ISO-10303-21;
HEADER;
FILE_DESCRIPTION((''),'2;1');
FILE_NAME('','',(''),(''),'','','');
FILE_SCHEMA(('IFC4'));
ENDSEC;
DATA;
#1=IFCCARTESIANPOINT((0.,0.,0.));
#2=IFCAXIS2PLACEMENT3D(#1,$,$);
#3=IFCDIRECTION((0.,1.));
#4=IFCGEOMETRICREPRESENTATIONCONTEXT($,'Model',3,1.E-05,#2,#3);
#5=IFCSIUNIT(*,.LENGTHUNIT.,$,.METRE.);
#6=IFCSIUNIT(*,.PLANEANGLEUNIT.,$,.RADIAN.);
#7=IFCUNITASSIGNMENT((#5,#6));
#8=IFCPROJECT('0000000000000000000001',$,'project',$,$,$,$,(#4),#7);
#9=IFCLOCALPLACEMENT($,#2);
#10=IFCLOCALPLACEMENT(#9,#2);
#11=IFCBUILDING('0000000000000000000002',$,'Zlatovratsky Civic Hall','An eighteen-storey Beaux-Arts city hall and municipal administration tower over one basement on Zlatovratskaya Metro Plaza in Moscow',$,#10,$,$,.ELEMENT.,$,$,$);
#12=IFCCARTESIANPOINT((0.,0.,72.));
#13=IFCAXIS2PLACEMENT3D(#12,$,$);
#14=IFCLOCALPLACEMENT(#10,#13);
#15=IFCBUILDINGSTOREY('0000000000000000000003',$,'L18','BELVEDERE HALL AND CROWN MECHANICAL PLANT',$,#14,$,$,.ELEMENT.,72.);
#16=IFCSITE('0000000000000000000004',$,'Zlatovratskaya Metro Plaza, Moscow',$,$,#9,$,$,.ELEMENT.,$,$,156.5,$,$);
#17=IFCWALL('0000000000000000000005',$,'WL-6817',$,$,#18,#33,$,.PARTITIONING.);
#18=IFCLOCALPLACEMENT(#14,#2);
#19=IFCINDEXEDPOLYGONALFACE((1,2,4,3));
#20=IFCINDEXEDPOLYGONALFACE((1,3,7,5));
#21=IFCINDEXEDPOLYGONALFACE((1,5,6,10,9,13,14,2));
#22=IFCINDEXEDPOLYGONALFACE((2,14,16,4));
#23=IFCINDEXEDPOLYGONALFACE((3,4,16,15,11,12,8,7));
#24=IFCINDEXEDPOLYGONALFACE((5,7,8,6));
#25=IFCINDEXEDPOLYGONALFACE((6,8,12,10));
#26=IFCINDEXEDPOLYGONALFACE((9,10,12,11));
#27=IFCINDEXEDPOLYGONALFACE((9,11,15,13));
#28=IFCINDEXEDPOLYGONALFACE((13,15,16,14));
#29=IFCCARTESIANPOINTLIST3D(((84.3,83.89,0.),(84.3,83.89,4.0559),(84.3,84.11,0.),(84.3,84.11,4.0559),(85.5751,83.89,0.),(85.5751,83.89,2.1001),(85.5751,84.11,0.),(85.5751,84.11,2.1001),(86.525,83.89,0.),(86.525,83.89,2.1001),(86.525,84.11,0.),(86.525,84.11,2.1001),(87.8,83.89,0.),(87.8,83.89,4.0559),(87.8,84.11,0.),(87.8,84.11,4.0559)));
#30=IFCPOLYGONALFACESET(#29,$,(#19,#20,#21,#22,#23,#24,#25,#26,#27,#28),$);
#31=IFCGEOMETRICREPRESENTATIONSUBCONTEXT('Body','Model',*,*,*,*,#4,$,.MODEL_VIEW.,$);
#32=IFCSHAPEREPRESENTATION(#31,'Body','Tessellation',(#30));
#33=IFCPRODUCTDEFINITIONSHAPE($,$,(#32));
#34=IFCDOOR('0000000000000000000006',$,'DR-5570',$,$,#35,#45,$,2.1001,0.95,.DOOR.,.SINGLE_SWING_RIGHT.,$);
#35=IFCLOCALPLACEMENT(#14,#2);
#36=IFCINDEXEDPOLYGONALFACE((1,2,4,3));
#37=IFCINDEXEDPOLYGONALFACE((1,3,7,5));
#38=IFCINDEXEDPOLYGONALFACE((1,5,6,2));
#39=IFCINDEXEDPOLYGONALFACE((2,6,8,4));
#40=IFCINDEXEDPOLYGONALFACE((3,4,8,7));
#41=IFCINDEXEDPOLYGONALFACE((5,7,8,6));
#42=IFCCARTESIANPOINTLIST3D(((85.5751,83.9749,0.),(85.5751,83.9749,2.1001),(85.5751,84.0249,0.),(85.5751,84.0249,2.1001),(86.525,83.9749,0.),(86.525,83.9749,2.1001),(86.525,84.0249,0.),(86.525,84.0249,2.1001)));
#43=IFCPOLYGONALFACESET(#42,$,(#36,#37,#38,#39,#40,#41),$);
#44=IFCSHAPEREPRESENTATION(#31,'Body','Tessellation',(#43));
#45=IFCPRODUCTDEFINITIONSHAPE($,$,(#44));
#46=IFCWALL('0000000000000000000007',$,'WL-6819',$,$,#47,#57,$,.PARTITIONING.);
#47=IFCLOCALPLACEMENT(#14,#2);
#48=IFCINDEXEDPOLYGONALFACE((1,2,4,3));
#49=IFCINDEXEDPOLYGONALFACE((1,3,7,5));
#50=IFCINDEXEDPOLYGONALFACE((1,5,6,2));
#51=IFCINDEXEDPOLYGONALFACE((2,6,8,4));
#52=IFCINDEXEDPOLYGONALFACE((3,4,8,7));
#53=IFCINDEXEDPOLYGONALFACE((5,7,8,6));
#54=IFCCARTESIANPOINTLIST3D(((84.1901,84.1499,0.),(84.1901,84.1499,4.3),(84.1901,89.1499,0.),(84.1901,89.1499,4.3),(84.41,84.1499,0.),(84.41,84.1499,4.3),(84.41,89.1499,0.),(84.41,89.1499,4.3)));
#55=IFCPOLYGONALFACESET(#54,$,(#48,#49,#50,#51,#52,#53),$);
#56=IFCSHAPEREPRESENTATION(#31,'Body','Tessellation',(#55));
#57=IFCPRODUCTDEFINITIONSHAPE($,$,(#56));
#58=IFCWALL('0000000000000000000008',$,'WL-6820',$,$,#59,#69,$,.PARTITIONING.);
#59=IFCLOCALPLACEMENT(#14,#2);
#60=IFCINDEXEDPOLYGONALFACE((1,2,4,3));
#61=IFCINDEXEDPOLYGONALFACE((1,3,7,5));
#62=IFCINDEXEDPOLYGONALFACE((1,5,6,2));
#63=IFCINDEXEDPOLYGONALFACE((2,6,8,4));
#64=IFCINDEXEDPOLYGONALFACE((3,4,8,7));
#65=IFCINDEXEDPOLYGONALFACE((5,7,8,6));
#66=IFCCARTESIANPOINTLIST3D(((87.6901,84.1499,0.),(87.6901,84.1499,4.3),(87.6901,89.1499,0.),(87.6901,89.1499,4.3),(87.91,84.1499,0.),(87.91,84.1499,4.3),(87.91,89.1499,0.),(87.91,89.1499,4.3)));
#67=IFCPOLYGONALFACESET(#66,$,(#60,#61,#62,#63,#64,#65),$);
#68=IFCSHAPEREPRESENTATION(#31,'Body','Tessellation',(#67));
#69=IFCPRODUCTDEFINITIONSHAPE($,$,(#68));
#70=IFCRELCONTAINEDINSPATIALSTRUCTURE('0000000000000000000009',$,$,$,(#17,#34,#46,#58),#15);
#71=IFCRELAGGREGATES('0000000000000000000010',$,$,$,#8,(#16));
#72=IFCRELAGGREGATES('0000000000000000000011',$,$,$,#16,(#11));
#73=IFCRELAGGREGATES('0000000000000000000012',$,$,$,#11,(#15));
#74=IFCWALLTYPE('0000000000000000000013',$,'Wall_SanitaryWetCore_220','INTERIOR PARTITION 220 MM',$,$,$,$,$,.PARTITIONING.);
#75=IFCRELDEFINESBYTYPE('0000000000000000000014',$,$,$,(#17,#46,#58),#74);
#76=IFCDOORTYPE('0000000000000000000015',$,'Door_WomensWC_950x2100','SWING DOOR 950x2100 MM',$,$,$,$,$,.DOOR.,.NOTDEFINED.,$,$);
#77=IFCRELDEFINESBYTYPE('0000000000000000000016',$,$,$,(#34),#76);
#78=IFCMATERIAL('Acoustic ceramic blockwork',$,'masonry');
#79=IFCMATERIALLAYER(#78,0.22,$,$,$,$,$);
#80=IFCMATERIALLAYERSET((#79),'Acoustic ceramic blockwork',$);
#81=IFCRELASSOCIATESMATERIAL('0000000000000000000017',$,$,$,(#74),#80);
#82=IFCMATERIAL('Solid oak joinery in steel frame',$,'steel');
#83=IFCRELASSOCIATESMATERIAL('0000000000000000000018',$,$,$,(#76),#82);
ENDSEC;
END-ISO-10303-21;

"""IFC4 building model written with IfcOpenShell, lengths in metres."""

from ifc_helpers import new_model, si_unit, direction, frame, frame_2d, origin, place, context, subcontext, project, spatial, rectangle, extrude, material, layer, layer_set, type_object, element, fill, save


model = new_model("IFC4")

# Units and contexts
model_context = context("Model", 3, precision=1e-05, world=origin(), true_north=direction((0.0, 1.0)))
body_context = subcontext(model_context, "Body", "Model", "MODEL_VIEW")
ifc_project = project(units=[si_unit("LENGTHUNIT", "METRE"), si_unit("PLANEANGLEUNIT", "RADIAN")], contexts=[model_context])

# Site, building, storey
site_placement = place(None, origin())
site = spatial("IfcSite", under=ifc_project, at=site_placement, Name="Zlatovratskaya Metro Plaza, Moscow", CompositionType="ELEMENT", RefElevation=156.5)
building_placement = place(site_placement, origin())
building = spatial("IfcBuilding", under=site, at=building_placement, Name="Zlatovratsky Civic Hall", Description="An eighteen-storey Beaux-Arts city hall and municipal administration tower over one basement on Zlatovratskaya Metro Plaza in Moscow", CompositionType="ELEMENT")
storey_placement = place(building_placement, frame((0.0, 0.0, 72.0)))
storey = spatial("IfcBuildingStorey", under=building, at=storey_placement, Name="L18", Description="BELVEDERE HALL AND CROWN MECHANICAL PLANT", CompositionType="ELEMENT", Elevation=72.0)

# Wall, opening, door
ifc_material_1 = material(Name="Solid oak joinery in steel frame", Category="steel")
ifc_material_2 = material(Name="Acoustic ceramic blockwork", Category="masonry")
ifc_layer_1 = layer(ifc_material_2, 0.22)
ifc_layer_set_1 = layer_set([ifc_layer_1], Name="Acoustic ceramic blockwork")
wall_type_1 = type_object("IfcWallType", Name="Wall_SanitaryWetCore_220", Description="INTERIOR PARTITION 220 MM", PredefinedType="PARTITIONING", material=ifc_layer_set_1)
wall_1_placement = place(storey_placement, frame((84.3, 84.0, 0.0), z_axis=(0.0, 0.0, 1.0), x_axis=(1.0, 0.0, 0.0)))
wall_1 = element("IfcWall", 1, at=wall_1_placement, inside=storey, type_object=wall_type_1, Name="WL-6817", PredefinedType="PARTITIONING", context=body_context, shape_type="SweptSolid", body=[
    extrude(rectangle(XDim=3.5, YDim=0.22, at=frame_2d((1.75, 0.0))), origin(), (0.0, 0.0, 1.0), 4.0559),
])
opening_1_placement = place(wall_1_placement, frame((1.2749, 0.0, 0.0)))
opening_1 = element("IfcOpeningElement", 2, at=opening_1_placement, cuts=wall_1, PredefinedType="OPENING", context=body_context, shape_type="SweptSolid", body=[
    extrude(rectangle(XDim=0.95, YDim=2.1001, at=frame_2d((0.4751, 1.05))), frame((0.0, 0.125, 0.0), z_axis=(0.0, -1.0, 0.0), x_axis=(1.0, 0.0, 0.0)), (0.0, 0.0, 1.0), 0.2498),
])
door_type_1 = type_object("IfcDoorType", Name="Door_WomensWC_950x2100", Description="SWING DOOR 950x2100 MM", OperationType="NOTDEFINED", PredefinedType="DOOR", material=ifc_material_1)
door_1_placement = place(opening_1_placement, origin())
door_1 = element("IfcDoor", 3, at=door_1_placement, inside=storey, type_object=door_type_1, Name="DR-5570", OperationType="SINGLE_SWING_RIGHT", OverallHeight=2.1001, OverallWidth=0.95, PredefinedType="DOOR", context=body_context, shape_type="SweptSolid", body=[
    extrude(rectangle(XDim=0.95, YDim=2.1001, at=frame_2d((0.4751, 1.05))), frame((0.0, 0.0249, 0.0), z_axis=(0.0, -1.0, 0.0), x_axis=(1.0, 0.0, 0.0)), (0.0, 0.0, 1.0), 0.05),
])
fill(opening_1, door_1)

# Walls
for number, where, z_axis, x_axis, name in (
    (4, (84.3, 84.1499, 0.0), (0.0, 0.0, 1.0), (0.0, 1.0, 0.0), "WL-6819"),
    (5, (87.8, 84.1499, 0.0), (0.0, 0.0, 1.0), (0.0, 1.0, 0.0), "WL-6820"),
):
    element("IfcWall", number, at=place(storey_placement, frame(where, z_axis=z_axis, x_axis=x_axis)), inside=storey, type_object=wall_type_1, Name=name, PredefinedType="PARTITIONING", context=body_context, shape_type="SweptSolid", body=[
        extrude(rectangle(XDim=5.0, YDim=0.22, at=frame_2d((2.5, 0.0))), origin(), (0.0, 0.0, 1.0), 4.3),
    ])

save(model, "model.ifc")
